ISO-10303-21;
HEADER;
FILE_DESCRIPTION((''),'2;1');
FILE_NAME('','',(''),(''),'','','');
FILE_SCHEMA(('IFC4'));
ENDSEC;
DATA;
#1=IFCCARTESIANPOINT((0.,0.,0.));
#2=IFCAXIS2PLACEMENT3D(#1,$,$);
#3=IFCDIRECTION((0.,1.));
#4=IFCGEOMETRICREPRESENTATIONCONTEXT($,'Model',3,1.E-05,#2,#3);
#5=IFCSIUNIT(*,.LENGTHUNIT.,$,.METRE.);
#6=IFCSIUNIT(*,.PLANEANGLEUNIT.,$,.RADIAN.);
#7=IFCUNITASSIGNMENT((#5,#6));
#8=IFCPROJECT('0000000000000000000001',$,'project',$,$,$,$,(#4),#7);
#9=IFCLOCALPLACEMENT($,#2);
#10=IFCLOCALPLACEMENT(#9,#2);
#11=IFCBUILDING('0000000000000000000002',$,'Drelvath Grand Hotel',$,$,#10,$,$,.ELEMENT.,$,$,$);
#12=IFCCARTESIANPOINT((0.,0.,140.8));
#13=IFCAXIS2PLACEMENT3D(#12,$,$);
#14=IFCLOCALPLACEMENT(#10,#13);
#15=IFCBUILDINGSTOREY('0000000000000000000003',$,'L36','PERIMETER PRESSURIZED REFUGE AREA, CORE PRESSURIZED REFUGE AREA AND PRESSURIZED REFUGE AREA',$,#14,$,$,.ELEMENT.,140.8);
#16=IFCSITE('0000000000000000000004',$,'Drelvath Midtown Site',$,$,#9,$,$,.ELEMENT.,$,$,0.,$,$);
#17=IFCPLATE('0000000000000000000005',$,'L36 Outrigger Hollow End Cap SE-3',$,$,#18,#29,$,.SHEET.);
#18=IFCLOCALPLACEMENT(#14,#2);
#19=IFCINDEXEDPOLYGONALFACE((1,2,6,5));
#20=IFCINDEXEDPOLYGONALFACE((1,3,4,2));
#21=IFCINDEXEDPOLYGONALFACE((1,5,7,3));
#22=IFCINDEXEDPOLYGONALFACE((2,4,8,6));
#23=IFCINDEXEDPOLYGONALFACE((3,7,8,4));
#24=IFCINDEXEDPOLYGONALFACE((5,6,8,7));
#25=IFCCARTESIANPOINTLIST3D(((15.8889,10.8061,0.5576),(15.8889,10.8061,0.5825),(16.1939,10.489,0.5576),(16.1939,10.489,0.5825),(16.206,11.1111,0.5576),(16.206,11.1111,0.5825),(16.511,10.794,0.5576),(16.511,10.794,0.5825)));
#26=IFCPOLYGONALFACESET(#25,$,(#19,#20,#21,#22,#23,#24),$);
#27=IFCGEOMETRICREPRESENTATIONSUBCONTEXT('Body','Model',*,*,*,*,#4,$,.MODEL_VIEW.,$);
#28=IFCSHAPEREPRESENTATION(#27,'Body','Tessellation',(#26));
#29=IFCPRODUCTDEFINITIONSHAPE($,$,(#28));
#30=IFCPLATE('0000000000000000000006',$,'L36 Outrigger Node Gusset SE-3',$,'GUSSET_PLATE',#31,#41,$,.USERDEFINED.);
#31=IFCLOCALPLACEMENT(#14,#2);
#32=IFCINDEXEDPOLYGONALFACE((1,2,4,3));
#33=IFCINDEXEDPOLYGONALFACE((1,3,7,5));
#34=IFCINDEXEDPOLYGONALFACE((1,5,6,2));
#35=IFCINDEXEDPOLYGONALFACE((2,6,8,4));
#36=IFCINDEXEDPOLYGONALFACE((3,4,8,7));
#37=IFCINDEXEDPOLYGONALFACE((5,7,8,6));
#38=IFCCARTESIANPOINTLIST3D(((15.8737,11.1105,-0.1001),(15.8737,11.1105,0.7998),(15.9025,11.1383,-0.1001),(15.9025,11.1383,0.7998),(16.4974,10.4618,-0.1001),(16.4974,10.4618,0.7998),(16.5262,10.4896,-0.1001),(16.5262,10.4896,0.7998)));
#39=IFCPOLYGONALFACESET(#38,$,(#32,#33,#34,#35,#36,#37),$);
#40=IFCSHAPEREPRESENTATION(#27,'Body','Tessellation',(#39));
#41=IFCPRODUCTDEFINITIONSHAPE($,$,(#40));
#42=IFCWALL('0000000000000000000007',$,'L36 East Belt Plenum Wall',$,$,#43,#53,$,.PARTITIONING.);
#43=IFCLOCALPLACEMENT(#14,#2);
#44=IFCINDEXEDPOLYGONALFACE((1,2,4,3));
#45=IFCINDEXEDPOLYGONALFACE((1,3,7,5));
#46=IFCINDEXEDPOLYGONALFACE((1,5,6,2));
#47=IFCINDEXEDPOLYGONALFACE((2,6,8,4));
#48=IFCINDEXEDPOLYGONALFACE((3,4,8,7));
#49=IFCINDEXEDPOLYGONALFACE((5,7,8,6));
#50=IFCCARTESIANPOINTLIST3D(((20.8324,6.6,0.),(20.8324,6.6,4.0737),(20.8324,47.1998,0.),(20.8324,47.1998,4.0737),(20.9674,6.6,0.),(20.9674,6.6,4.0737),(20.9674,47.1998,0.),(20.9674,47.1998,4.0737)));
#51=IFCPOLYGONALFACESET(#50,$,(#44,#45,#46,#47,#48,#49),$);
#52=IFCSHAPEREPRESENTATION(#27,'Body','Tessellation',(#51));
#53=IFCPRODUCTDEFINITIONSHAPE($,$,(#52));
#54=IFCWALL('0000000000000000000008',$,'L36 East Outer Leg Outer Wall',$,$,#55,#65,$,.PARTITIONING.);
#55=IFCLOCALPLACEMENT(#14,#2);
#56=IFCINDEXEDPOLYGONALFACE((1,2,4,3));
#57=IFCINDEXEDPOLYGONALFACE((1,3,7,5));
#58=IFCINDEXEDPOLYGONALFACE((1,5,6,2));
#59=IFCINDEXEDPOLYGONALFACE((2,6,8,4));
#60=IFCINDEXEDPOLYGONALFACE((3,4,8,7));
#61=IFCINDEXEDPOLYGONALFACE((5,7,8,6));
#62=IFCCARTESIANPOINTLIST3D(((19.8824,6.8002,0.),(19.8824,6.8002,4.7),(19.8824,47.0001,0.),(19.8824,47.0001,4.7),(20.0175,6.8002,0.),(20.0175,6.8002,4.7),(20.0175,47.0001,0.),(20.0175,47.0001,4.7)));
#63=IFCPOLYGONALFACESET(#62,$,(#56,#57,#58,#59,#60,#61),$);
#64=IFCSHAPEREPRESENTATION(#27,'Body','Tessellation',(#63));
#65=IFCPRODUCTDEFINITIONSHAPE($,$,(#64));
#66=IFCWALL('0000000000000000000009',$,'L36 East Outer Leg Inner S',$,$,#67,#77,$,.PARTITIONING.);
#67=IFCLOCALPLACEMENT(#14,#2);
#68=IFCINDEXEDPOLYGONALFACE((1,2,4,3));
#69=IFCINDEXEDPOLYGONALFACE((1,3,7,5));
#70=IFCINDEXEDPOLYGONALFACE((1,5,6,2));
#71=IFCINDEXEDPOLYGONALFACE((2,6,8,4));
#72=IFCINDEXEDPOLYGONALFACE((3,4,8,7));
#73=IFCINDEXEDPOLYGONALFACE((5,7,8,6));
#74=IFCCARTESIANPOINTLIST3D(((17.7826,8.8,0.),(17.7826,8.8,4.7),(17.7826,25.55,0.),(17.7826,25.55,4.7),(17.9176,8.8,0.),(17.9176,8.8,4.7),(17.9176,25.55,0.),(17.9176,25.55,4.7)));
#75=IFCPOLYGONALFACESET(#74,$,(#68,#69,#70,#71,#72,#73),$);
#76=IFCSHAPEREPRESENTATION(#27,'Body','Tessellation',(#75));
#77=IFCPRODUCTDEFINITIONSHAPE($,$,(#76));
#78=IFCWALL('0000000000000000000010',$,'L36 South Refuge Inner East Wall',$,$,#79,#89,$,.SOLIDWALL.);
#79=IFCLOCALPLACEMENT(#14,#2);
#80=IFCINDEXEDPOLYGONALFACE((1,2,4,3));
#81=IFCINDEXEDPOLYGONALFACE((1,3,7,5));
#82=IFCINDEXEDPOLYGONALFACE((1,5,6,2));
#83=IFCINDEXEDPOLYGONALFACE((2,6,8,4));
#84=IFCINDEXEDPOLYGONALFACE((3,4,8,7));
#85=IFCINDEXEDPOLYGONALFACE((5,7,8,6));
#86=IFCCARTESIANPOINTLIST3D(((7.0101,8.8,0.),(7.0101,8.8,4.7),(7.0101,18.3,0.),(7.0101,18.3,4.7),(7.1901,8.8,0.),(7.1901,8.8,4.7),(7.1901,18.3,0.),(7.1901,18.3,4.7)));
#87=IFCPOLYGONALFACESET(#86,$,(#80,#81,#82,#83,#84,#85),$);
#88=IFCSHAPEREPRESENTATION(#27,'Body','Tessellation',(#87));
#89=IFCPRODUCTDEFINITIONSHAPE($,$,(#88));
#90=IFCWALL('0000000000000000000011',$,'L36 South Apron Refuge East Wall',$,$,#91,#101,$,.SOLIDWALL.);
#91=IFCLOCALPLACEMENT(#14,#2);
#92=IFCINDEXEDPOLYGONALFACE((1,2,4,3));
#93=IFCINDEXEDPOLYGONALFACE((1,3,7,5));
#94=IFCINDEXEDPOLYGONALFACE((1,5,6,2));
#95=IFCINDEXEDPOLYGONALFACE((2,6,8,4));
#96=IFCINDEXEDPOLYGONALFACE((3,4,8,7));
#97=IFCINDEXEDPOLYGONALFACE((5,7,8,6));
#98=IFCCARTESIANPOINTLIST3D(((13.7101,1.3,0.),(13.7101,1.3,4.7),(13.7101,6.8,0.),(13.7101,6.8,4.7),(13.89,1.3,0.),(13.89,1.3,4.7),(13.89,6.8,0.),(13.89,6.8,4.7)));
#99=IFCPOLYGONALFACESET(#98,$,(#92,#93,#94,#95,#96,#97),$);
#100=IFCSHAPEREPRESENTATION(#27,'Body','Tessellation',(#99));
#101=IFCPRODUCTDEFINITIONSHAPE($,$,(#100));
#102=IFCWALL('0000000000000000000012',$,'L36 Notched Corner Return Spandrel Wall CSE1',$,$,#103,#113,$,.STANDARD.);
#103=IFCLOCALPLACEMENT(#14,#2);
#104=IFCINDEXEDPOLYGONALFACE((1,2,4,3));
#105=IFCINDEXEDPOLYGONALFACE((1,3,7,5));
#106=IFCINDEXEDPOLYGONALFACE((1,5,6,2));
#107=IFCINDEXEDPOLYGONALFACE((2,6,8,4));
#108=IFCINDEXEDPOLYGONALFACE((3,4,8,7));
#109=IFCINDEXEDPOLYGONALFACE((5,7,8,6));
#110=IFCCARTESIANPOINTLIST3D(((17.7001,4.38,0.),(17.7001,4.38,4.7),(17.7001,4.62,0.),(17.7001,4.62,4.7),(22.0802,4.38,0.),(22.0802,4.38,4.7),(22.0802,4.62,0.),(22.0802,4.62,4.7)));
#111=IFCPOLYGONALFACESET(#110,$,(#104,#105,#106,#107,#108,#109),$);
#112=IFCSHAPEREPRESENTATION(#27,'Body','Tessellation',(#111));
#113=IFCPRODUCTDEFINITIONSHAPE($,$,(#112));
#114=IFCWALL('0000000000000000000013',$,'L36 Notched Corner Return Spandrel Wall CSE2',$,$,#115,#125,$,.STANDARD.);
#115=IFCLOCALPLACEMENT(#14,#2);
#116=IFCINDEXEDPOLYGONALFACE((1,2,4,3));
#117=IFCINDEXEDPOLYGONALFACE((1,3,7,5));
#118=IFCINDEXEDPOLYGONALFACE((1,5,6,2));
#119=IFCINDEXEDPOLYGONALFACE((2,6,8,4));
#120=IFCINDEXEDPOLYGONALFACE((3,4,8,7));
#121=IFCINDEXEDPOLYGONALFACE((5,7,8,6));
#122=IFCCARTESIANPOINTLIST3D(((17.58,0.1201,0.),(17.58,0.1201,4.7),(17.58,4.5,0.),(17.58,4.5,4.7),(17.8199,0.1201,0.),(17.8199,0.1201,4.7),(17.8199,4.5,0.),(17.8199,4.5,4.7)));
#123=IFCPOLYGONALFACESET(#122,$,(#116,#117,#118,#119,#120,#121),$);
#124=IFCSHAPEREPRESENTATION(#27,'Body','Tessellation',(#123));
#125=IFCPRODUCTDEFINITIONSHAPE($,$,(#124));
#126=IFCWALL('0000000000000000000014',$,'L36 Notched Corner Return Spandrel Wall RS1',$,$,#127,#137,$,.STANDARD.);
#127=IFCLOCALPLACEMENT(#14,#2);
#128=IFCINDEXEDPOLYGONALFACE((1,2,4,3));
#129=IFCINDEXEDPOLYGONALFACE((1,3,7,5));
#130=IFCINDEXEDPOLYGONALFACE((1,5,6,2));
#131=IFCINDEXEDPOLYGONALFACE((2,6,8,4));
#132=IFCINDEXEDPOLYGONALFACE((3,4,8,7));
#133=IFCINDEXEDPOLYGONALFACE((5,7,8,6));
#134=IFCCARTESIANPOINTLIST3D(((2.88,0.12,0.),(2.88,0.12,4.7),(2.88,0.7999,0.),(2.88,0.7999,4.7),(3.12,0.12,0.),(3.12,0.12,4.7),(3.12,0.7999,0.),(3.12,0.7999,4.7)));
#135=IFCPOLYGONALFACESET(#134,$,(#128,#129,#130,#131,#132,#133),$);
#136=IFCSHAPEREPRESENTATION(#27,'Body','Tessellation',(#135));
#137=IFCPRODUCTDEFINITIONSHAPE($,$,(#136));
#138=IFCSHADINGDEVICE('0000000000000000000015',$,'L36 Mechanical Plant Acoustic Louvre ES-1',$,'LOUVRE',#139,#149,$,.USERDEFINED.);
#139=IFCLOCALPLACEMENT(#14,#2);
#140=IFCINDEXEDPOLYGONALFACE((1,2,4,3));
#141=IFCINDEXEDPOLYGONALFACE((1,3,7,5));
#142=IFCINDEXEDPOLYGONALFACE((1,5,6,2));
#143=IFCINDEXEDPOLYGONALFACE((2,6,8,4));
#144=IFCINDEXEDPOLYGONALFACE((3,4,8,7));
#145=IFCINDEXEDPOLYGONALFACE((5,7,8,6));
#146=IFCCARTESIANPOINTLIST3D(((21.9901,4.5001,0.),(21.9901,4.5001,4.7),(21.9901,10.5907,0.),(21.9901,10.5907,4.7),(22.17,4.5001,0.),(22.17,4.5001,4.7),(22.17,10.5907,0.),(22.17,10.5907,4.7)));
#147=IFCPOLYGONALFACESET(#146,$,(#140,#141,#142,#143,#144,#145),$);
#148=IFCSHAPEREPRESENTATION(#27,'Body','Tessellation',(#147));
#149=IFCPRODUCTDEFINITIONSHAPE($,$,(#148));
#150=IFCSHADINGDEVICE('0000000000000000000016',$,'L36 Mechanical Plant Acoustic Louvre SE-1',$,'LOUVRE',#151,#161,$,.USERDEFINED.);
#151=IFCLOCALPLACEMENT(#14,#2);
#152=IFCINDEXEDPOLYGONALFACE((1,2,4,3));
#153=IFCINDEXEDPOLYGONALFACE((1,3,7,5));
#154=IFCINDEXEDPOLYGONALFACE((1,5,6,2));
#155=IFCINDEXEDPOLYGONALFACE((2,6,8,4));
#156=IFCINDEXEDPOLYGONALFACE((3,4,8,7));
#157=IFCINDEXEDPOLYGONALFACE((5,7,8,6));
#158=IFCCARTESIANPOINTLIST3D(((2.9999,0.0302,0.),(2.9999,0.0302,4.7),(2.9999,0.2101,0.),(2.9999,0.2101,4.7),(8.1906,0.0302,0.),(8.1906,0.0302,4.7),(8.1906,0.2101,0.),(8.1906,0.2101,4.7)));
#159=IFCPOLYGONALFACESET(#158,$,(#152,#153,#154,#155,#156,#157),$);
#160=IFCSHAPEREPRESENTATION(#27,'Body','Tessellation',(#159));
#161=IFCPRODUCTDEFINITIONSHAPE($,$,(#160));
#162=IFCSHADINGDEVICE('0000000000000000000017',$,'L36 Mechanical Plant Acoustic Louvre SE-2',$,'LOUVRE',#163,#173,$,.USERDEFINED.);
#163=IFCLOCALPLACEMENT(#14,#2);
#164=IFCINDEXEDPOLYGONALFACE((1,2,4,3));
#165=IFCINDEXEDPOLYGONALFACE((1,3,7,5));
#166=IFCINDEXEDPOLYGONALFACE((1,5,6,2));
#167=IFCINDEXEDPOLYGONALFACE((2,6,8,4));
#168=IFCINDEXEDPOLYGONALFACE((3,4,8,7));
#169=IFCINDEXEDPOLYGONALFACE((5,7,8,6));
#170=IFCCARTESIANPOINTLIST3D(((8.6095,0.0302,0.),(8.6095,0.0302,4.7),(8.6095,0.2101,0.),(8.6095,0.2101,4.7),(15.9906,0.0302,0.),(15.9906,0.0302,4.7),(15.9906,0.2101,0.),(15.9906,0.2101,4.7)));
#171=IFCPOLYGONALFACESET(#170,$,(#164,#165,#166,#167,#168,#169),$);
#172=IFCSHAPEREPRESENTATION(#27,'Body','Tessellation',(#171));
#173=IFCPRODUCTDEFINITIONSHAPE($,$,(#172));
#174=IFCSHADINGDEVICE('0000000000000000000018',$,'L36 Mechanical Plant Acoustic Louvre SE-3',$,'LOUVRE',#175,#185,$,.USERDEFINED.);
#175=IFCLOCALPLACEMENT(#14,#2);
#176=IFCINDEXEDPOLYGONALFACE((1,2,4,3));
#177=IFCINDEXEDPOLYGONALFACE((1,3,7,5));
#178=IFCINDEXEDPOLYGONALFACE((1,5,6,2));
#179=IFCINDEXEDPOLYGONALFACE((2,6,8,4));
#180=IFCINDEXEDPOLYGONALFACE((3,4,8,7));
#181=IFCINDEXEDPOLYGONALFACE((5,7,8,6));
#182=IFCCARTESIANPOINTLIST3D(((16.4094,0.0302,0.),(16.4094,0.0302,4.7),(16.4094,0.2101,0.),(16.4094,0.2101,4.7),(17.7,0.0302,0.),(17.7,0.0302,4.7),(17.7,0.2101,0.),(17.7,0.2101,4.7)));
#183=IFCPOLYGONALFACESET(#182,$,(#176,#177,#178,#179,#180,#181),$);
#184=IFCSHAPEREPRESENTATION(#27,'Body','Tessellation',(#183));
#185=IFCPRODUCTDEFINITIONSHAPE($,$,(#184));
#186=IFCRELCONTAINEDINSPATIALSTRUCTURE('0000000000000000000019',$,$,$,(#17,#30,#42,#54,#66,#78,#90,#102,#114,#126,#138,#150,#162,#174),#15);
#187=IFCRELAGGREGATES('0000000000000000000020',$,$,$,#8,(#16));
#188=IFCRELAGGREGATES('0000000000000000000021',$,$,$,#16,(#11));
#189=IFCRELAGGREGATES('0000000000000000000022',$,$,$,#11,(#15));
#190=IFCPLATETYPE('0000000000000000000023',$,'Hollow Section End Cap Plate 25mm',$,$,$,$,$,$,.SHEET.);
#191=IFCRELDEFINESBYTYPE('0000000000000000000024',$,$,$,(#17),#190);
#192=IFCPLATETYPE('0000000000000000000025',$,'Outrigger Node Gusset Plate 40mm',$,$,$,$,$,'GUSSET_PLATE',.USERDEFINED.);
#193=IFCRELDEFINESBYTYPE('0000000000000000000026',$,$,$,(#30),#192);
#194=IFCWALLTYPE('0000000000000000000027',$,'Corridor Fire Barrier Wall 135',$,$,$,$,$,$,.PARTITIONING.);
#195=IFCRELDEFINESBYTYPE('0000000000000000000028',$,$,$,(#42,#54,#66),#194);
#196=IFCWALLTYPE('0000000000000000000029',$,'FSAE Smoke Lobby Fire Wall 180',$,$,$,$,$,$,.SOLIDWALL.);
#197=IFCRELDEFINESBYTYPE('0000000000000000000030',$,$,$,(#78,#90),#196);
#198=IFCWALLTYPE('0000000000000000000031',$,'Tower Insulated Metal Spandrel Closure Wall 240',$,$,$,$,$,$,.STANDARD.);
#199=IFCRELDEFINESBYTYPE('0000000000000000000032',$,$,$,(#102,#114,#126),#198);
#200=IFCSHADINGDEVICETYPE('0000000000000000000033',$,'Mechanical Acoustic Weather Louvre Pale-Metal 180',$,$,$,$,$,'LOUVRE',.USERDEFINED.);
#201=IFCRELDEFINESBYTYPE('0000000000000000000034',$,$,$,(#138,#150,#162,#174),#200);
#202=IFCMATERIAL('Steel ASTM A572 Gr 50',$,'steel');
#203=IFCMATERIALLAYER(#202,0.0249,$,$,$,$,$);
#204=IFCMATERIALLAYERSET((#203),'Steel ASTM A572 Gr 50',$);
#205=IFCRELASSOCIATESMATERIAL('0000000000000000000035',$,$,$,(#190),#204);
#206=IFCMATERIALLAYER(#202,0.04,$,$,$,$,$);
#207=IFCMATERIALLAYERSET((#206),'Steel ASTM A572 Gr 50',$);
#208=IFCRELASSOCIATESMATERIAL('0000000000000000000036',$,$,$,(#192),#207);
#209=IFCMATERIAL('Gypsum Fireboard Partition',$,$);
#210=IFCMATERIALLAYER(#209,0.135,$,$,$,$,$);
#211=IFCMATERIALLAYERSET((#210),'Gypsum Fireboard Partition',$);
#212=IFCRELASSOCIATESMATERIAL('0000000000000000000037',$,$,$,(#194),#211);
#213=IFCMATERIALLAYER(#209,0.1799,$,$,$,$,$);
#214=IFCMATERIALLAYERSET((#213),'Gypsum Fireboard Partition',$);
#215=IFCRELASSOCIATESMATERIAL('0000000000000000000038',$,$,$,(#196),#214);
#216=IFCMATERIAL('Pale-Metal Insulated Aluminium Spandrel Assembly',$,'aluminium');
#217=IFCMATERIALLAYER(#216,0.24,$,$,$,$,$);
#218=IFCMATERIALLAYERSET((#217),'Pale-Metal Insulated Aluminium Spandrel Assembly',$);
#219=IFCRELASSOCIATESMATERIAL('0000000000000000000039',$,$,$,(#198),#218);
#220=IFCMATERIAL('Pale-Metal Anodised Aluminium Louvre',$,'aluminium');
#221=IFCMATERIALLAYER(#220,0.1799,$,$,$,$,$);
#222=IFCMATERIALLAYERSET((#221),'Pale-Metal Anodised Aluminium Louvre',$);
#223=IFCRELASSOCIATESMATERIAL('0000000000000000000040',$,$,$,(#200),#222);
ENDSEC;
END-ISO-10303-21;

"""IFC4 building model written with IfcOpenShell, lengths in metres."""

from ifc_helpers import new_model, si_unit, direction, frame, frame_2d, origin, origin_2d, place, context, subcontext, project, spatial, rectangle, extrude, material, layer, layer_set, type_object, element, save


model = new_model("IFC4")

# Units and contexts
model_context = context("Model", 3, precision=1e-05, world=origin(), true_north=direction((0.0, 1.0)))
body_context = subcontext(model_context, "Body", "Model", "MODEL_VIEW")
ifc_project = project(units=[si_unit("LENGTHUNIT", "METRE"), si_unit("PLANEANGLEUNIT", "RADIAN")], contexts=[model_context])

# Site, building, storey
site_placement = place(None, origin())
site = spatial("IfcSite", under=ifc_project, at=site_placement, Name="Drelvath Midtown Site", CompositionType="ELEMENT", RefElevation=0.0)
building_placement = place(site_placement, origin())
building = spatial("IfcBuilding", under=site, at=building_placement, Name="Drelvath Grand Hotel", CompositionType="ELEMENT")
storey_placement = place(building_placement, frame((0.0, 0.0, 140.8)))
storey = spatial("IfcBuildingStorey", under=building, at=storey_placement, Name="L36", Description="PERIMETER PRESSURIZED REFUGE AREA, CORE PRESSURIZED REFUGE AREA AND PRESSURIZED REFUGE AREA", CompositionType="ELEMENT", Elevation=140.8)

# Shared definitions
ifc_material_1 = material(Name="Steel ASTM A572 Gr 50", Category="steel")

# Plates
ifc_layer_1 = layer(ifc_material_1, 0.0249)
ifc_layer_set_1 = layer_set([ifc_layer_1], Name="Steel ASTM A572 Gr 50")
plate_type_1 = type_object("IfcPlateType", Name="Hollow Section End Cap Plate 25mm", PredefinedType="SHEET", material=ifc_layer_set_1)
plate_1_placement = place(storey_placement, frame((16.2, 10.8, 0.5576), z_axis=(0.0, 0.0, 1.0), x_axis=(0.693109, -0.720833, 0.0)))
element("IfcPlate", 1, at=plate_1_placement, inside=storey, type_object=plate_type_1, Name="L36 Outrigger Hollow End Cap SE-3", PredefinedType="SHEET", context=body_context, shape_type="SweptSolid", body=[
    extrude(rectangle(XDim=0.4399, YDim=0.4399, at=origin_2d()), origin(), (0.0, 0.0, 1.0), 0.0249),
])
ifc_layer_2 = layer(ifc_material_1, 0.04)
ifc_layer_set_2 = layer_set([ifc_layer_2], Name="Steel ASTM A572 Gr 50")
plate_type_2 = type_object("IfcPlateType", Name="Outrigger Node Gusset Plate 40mm", ElementType="GUSSET_PLATE", PredefinedType="USERDEFINED", material=ifc_layer_set_2)
plate_2_placement = place(storey_placement, frame((16.2, 10.8, -0.1001), z_axis=(0.0, 0.0, 1.0), x_axis=(0.693109, -0.720833, 0.0)))
element("IfcPlate", 2, at=plate_2_placement, inside=storey, type_object=plate_type_2, Name="L36 Outrigger Node Gusset SE-3", ObjectType="GUSSET_PLATE", PredefinedType="USERDEFINED", context=body_context, shape_type="SweptSolid", body=[
    extrude(rectangle(XDim=0.8999, YDim=0.04, at=origin_2d()), origin(), (0.0, 0.0, 1.0), 0.8999),
])

# Walls
ifc_material_2 = material(Name="Gypsum Fireboard Partition")
ifc_layer_3 = layer(ifc_material_2, 0.135)
ifc_layer_set_3 = layer_set([ifc_layer_3], Name="Gypsum Fireboard Partition")
wall_type_1 = type_object("IfcWallType", Name="Corridor Fire Barrier Wall 135", PredefinedType="PARTITIONING", material=ifc_layer_set_3)
wall_1_placement = place(storey_placement, frame((20.8999, 6.6001, 0.0), z_axis=(0.0, 0.0, 1.0), x_axis=(0.0, 1.0, 0.0)))
element("IfcWall", 3, at=wall_1_placement, inside=storey, type_object=wall_type_1, Name="L36 East Belt Plenum Wall", PredefinedType="PARTITIONING", context=body_context, shape_type="SweptSolid", body=[
    extrude(rectangle(XDim=40.5999, YDim=0.135, at=frame_2d((20.2998, 0.0))), origin(), (0.0, 0.0, 1.0), 4.0737),
])
wall_2_placement = place(storey_placement, frame((19.95, 6.8, 0.0), z_axis=(0.0, 0.0, 1.0), x_axis=(0.0, 1.0, 0.0)))
element("IfcWall", 4, at=wall_2_placement, inside=storey, type_object=wall_type_1, Name="L36 East Outer Leg Outer Wall", PredefinedType="PARTITIONING", context=body_context, shape_type="SweptSolid", body=[
    extrude(rectangle(XDim=40.2, YDim=0.135, at=frame_2d((20.1001, 0.0))), origin(), (0.0, 0.0, 1.0), 4.7),
])
wall_3_placement = place(storey_placement, frame((17.8501, 8.8, 0.0), z_axis=(0.0, 0.0, 1.0), x_axis=(0.0, 1.0, 0.0)))
element("IfcWall", 5, at=wall_3_placement, inside=storey, type_object=wall_type_1, Name="L36 East Outer Leg Inner S", PredefinedType="PARTITIONING", context=body_context, shape_type="SweptSolid", body=[
    extrude(rectangle(XDim=16.75, YDim=0.135, at=frame_2d((8.375, 0.0))), origin(), (0.0, 0.0, 1.0), 4.7),
])
ifc_layer_4 = layer(ifc_material_2, 0.1799)
ifc_layer_set_4 = layer_set([ifc_layer_4], Name="Gypsum Fireboard Partition")
wall_type_2 = type_object("IfcWallType", Name="FSAE Smoke Lobby Fire Wall 180", PredefinedType="SOLIDWALL", material=ifc_layer_set_4)
wall_4_placement = place(storey_placement, frame((7.1001, 8.8, 0.0), z_axis=(0.0, 0.0, 1.0), x_axis=(0.0, 1.0, 0.0)))
element("IfcWall", 6, at=wall_4_placement, inside=storey, type_object=wall_type_2, Name="L36 South Refuge Inner East Wall", PredefinedType="SOLIDWALL", context=body_context, shape_type="SweptSolid", body=[
    extrude(rectangle(XDim=9.5, YDim=0.1799, at=frame_2d((4.75, 0.0))), origin(), (0.0, 0.0, 1.0), 4.7),
])
wall_5_placement = place(storey_placement, frame((13.8, 1.3, 0.0), z_axis=(0.0, 0.0, 1.0), x_axis=(0.0, 1.0, 0.0)))
element("IfcWall", 7, at=wall_5_placement, inside=storey, type_object=wall_type_2, Name="L36 South Apron Refuge East Wall", PredefinedType="SOLIDWALL", context=body_context, shape_type="SweptSolid", body=[
    extrude(rectangle(XDim=5.5, YDim=0.1799, at=frame_2d((2.75, 0.0))), origin(), (0.0, 0.0, 1.0), 4.7),
])
ifc_material_3 = material(Name="Pale-Metal Insulated Aluminium Spandrel Assembly", Category="aluminium")
ifc_layer_5 = layer(ifc_material_3, 0.24)
ifc_layer_set_5 = layer_set([ifc_layer_5], Name="Pale-Metal Insulated Aluminium Spandrel Assembly")
wall_type_3 = type_object("IfcWallType", Name="Tower Insulated Metal Spandrel Closure Wall 240", PredefinedType="STANDARD", material=ifc_layer_set_5)
wall_6_placement = place(storey_placement, frame((22.0801, 4.5, 0.0), z_axis=(0.0, 0.0, 1.0), x_axis=(-1.0, 0.0, 0.0)))
element("IfcWall", 8, at=wall_6_placement, inside=storey, type_object=wall_type_3, Name="L36 Notched Corner Return Spandrel Wall CSE1", PredefinedType="STANDARD", context=body_context, shape_type="SweptSolid", body=[
    extrude(rectangle(XDim=4.3801, YDim=0.24, at=frame_2d((2.1899, 0.0))), origin(), (0.0, 0.0, 1.0), 4.7),
])
wall_7_placement = place(storey_placement, frame((17.7, 4.5, 0.0), z_axis=(0.0, 0.0, 1.0), x_axis=(0.0, -1.0, 0.0)))
element("IfcWall", 9, at=wall_7_placement, inside=storey, type_object=wall_type_3, Name="L36 Notched Corner Return Spandrel Wall CSE2", PredefinedType="STANDARD", context=body_context, shape_type="SweptSolid", body=[
    extrude(rectangle(XDim=4.3799, YDim=0.24, at=frame_2d((2.1899, 0.0))), origin(), (0.0, 0.0, 1.0), 4.7),
])
wall_8_placement = place(storey_placement, frame((3.0, 0.1201, 0.0), z_axis=(0.0, 0.0, 1.0), x_axis=(0.0, 1.0, 0.0)))
element("IfcWall", 10, at=wall_8_placement, inside=storey, type_object=wall_type_3, Name="L36 Notched Corner Return Spandrel Wall RS1", PredefinedType="STANDARD", context=body_context, shape_type="SweptSolid", body=[
    extrude(rectangle(XDim=0.6799, YDim=0.24, at=frame_2d((0.3398, 0.0))), origin(), (0.0, 0.0, 1.0), 4.7),
])

# Shading devices
ifc_material_4 = material(Name="Pale-Metal Anodised Aluminium Louvre", Category="aluminium")
ifc_layer_6 = layer(ifc_material_4, 0.1799)
ifc_layer_set_6 = layer_set([ifc_layer_6], Name="Pale-Metal Anodised Aluminium Louvre")
shading_device_type = type_object("IfcShadingDeviceType", Name="Mechanical Acoustic Weather Louvre Pale-Metal 180", ElementType="LOUVRE", PredefinedType="USERDEFINED", material=ifc_layer_set_6)
shading_device_1_placement = place(storey_placement, frame((22.0801, 7.5454, 0.0), z_axis=(0.0, 0.0, 1.0), x_axis=(0.0, 1.0, 0.0)))
element("IfcShadingDevice", 11, at=shading_device_1_placement, inside=storey, type_object=shading_device_type, Name="L36 Mechanical Plant Acoustic Louvre ES-1", ObjectType="LOUVRE", PredefinedType="USERDEFINED", context=body_context, shape_type="SweptSolid", body=[
    extrude(rectangle(XDim=6.0906, YDim=0.1799, at=origin_2d()), origin(), (0.0, 0.0, 1.0), 4.7),
])
shading_device_2_placement = place(storey_placement, frame((5.5952, 0.1201, 0.0), z_axis=(0.0, 0.0, 1.0), x_axis=(1.0, 0.0, 0.0)))
element("IfcShadingDevice", 12, at=shading_device_2_placement, inside=storey, type_object=shading_device_type, Name="L36 Mechanical Plant Acoustic Louvre SE-1", ObjectType="LOUVRE", PredefinedType="USERDEFINED", context=body_context, shape_type="SweptSolid", body=[
    extrude(rectangle(XDim=5.1907, YDim=0.1799, at=origin_2d()), origin(), (0.0, 0.0, 1.0), 4.7),
])
shading_device_3_placement = place(storey_placement, frame((12.3, 0.1201, 0.0), z_axis=(0.0, 0.0, 1.0), x_axis=(1.0, 0.0, 0.0)))
element("IfcShadingDevice", 13, at=shading_device_3_placement, inside=storey, type_object=shading_device_type, Name="L36 Mechanical Plant Acoustic Louvre SE-2", ObjectType="LOUVRE", PredefinedType="USERDEFINED", context=body_context, shape_type="SweptSolid", body=[
    extrude(rectangle(XDim=7.3811, YDim=0.1799, at=origin_2d()), origin(), (0.0, 0.0, 1.0), 4.7),
])
shading_device_4_placement = place(storey_placement, frame((17.0547, 0.1201, 0.0), z_axis=(0.0, 0.0, 1.0), x_axis=(1.0, 0.0, 0.0)))
element("IfcShadingDevice", 14, at=shading_device_4_placement, inside=storey, type_object=shading_device_type, Name="L36 Mechanical Plant Acoustic Louvre SE-3", ObjectType="LOUVRE", PredefinedType="USERDEFINED", context=body_context, shape_type="SweptSolid", body=[
    extrude(rectangle(XDim=1.2905, YDim=0.1799, at=origin_2d()), origin(), (0.0, 0.0, 1.0), 4.7),
])

save(model, "model.ifc")
